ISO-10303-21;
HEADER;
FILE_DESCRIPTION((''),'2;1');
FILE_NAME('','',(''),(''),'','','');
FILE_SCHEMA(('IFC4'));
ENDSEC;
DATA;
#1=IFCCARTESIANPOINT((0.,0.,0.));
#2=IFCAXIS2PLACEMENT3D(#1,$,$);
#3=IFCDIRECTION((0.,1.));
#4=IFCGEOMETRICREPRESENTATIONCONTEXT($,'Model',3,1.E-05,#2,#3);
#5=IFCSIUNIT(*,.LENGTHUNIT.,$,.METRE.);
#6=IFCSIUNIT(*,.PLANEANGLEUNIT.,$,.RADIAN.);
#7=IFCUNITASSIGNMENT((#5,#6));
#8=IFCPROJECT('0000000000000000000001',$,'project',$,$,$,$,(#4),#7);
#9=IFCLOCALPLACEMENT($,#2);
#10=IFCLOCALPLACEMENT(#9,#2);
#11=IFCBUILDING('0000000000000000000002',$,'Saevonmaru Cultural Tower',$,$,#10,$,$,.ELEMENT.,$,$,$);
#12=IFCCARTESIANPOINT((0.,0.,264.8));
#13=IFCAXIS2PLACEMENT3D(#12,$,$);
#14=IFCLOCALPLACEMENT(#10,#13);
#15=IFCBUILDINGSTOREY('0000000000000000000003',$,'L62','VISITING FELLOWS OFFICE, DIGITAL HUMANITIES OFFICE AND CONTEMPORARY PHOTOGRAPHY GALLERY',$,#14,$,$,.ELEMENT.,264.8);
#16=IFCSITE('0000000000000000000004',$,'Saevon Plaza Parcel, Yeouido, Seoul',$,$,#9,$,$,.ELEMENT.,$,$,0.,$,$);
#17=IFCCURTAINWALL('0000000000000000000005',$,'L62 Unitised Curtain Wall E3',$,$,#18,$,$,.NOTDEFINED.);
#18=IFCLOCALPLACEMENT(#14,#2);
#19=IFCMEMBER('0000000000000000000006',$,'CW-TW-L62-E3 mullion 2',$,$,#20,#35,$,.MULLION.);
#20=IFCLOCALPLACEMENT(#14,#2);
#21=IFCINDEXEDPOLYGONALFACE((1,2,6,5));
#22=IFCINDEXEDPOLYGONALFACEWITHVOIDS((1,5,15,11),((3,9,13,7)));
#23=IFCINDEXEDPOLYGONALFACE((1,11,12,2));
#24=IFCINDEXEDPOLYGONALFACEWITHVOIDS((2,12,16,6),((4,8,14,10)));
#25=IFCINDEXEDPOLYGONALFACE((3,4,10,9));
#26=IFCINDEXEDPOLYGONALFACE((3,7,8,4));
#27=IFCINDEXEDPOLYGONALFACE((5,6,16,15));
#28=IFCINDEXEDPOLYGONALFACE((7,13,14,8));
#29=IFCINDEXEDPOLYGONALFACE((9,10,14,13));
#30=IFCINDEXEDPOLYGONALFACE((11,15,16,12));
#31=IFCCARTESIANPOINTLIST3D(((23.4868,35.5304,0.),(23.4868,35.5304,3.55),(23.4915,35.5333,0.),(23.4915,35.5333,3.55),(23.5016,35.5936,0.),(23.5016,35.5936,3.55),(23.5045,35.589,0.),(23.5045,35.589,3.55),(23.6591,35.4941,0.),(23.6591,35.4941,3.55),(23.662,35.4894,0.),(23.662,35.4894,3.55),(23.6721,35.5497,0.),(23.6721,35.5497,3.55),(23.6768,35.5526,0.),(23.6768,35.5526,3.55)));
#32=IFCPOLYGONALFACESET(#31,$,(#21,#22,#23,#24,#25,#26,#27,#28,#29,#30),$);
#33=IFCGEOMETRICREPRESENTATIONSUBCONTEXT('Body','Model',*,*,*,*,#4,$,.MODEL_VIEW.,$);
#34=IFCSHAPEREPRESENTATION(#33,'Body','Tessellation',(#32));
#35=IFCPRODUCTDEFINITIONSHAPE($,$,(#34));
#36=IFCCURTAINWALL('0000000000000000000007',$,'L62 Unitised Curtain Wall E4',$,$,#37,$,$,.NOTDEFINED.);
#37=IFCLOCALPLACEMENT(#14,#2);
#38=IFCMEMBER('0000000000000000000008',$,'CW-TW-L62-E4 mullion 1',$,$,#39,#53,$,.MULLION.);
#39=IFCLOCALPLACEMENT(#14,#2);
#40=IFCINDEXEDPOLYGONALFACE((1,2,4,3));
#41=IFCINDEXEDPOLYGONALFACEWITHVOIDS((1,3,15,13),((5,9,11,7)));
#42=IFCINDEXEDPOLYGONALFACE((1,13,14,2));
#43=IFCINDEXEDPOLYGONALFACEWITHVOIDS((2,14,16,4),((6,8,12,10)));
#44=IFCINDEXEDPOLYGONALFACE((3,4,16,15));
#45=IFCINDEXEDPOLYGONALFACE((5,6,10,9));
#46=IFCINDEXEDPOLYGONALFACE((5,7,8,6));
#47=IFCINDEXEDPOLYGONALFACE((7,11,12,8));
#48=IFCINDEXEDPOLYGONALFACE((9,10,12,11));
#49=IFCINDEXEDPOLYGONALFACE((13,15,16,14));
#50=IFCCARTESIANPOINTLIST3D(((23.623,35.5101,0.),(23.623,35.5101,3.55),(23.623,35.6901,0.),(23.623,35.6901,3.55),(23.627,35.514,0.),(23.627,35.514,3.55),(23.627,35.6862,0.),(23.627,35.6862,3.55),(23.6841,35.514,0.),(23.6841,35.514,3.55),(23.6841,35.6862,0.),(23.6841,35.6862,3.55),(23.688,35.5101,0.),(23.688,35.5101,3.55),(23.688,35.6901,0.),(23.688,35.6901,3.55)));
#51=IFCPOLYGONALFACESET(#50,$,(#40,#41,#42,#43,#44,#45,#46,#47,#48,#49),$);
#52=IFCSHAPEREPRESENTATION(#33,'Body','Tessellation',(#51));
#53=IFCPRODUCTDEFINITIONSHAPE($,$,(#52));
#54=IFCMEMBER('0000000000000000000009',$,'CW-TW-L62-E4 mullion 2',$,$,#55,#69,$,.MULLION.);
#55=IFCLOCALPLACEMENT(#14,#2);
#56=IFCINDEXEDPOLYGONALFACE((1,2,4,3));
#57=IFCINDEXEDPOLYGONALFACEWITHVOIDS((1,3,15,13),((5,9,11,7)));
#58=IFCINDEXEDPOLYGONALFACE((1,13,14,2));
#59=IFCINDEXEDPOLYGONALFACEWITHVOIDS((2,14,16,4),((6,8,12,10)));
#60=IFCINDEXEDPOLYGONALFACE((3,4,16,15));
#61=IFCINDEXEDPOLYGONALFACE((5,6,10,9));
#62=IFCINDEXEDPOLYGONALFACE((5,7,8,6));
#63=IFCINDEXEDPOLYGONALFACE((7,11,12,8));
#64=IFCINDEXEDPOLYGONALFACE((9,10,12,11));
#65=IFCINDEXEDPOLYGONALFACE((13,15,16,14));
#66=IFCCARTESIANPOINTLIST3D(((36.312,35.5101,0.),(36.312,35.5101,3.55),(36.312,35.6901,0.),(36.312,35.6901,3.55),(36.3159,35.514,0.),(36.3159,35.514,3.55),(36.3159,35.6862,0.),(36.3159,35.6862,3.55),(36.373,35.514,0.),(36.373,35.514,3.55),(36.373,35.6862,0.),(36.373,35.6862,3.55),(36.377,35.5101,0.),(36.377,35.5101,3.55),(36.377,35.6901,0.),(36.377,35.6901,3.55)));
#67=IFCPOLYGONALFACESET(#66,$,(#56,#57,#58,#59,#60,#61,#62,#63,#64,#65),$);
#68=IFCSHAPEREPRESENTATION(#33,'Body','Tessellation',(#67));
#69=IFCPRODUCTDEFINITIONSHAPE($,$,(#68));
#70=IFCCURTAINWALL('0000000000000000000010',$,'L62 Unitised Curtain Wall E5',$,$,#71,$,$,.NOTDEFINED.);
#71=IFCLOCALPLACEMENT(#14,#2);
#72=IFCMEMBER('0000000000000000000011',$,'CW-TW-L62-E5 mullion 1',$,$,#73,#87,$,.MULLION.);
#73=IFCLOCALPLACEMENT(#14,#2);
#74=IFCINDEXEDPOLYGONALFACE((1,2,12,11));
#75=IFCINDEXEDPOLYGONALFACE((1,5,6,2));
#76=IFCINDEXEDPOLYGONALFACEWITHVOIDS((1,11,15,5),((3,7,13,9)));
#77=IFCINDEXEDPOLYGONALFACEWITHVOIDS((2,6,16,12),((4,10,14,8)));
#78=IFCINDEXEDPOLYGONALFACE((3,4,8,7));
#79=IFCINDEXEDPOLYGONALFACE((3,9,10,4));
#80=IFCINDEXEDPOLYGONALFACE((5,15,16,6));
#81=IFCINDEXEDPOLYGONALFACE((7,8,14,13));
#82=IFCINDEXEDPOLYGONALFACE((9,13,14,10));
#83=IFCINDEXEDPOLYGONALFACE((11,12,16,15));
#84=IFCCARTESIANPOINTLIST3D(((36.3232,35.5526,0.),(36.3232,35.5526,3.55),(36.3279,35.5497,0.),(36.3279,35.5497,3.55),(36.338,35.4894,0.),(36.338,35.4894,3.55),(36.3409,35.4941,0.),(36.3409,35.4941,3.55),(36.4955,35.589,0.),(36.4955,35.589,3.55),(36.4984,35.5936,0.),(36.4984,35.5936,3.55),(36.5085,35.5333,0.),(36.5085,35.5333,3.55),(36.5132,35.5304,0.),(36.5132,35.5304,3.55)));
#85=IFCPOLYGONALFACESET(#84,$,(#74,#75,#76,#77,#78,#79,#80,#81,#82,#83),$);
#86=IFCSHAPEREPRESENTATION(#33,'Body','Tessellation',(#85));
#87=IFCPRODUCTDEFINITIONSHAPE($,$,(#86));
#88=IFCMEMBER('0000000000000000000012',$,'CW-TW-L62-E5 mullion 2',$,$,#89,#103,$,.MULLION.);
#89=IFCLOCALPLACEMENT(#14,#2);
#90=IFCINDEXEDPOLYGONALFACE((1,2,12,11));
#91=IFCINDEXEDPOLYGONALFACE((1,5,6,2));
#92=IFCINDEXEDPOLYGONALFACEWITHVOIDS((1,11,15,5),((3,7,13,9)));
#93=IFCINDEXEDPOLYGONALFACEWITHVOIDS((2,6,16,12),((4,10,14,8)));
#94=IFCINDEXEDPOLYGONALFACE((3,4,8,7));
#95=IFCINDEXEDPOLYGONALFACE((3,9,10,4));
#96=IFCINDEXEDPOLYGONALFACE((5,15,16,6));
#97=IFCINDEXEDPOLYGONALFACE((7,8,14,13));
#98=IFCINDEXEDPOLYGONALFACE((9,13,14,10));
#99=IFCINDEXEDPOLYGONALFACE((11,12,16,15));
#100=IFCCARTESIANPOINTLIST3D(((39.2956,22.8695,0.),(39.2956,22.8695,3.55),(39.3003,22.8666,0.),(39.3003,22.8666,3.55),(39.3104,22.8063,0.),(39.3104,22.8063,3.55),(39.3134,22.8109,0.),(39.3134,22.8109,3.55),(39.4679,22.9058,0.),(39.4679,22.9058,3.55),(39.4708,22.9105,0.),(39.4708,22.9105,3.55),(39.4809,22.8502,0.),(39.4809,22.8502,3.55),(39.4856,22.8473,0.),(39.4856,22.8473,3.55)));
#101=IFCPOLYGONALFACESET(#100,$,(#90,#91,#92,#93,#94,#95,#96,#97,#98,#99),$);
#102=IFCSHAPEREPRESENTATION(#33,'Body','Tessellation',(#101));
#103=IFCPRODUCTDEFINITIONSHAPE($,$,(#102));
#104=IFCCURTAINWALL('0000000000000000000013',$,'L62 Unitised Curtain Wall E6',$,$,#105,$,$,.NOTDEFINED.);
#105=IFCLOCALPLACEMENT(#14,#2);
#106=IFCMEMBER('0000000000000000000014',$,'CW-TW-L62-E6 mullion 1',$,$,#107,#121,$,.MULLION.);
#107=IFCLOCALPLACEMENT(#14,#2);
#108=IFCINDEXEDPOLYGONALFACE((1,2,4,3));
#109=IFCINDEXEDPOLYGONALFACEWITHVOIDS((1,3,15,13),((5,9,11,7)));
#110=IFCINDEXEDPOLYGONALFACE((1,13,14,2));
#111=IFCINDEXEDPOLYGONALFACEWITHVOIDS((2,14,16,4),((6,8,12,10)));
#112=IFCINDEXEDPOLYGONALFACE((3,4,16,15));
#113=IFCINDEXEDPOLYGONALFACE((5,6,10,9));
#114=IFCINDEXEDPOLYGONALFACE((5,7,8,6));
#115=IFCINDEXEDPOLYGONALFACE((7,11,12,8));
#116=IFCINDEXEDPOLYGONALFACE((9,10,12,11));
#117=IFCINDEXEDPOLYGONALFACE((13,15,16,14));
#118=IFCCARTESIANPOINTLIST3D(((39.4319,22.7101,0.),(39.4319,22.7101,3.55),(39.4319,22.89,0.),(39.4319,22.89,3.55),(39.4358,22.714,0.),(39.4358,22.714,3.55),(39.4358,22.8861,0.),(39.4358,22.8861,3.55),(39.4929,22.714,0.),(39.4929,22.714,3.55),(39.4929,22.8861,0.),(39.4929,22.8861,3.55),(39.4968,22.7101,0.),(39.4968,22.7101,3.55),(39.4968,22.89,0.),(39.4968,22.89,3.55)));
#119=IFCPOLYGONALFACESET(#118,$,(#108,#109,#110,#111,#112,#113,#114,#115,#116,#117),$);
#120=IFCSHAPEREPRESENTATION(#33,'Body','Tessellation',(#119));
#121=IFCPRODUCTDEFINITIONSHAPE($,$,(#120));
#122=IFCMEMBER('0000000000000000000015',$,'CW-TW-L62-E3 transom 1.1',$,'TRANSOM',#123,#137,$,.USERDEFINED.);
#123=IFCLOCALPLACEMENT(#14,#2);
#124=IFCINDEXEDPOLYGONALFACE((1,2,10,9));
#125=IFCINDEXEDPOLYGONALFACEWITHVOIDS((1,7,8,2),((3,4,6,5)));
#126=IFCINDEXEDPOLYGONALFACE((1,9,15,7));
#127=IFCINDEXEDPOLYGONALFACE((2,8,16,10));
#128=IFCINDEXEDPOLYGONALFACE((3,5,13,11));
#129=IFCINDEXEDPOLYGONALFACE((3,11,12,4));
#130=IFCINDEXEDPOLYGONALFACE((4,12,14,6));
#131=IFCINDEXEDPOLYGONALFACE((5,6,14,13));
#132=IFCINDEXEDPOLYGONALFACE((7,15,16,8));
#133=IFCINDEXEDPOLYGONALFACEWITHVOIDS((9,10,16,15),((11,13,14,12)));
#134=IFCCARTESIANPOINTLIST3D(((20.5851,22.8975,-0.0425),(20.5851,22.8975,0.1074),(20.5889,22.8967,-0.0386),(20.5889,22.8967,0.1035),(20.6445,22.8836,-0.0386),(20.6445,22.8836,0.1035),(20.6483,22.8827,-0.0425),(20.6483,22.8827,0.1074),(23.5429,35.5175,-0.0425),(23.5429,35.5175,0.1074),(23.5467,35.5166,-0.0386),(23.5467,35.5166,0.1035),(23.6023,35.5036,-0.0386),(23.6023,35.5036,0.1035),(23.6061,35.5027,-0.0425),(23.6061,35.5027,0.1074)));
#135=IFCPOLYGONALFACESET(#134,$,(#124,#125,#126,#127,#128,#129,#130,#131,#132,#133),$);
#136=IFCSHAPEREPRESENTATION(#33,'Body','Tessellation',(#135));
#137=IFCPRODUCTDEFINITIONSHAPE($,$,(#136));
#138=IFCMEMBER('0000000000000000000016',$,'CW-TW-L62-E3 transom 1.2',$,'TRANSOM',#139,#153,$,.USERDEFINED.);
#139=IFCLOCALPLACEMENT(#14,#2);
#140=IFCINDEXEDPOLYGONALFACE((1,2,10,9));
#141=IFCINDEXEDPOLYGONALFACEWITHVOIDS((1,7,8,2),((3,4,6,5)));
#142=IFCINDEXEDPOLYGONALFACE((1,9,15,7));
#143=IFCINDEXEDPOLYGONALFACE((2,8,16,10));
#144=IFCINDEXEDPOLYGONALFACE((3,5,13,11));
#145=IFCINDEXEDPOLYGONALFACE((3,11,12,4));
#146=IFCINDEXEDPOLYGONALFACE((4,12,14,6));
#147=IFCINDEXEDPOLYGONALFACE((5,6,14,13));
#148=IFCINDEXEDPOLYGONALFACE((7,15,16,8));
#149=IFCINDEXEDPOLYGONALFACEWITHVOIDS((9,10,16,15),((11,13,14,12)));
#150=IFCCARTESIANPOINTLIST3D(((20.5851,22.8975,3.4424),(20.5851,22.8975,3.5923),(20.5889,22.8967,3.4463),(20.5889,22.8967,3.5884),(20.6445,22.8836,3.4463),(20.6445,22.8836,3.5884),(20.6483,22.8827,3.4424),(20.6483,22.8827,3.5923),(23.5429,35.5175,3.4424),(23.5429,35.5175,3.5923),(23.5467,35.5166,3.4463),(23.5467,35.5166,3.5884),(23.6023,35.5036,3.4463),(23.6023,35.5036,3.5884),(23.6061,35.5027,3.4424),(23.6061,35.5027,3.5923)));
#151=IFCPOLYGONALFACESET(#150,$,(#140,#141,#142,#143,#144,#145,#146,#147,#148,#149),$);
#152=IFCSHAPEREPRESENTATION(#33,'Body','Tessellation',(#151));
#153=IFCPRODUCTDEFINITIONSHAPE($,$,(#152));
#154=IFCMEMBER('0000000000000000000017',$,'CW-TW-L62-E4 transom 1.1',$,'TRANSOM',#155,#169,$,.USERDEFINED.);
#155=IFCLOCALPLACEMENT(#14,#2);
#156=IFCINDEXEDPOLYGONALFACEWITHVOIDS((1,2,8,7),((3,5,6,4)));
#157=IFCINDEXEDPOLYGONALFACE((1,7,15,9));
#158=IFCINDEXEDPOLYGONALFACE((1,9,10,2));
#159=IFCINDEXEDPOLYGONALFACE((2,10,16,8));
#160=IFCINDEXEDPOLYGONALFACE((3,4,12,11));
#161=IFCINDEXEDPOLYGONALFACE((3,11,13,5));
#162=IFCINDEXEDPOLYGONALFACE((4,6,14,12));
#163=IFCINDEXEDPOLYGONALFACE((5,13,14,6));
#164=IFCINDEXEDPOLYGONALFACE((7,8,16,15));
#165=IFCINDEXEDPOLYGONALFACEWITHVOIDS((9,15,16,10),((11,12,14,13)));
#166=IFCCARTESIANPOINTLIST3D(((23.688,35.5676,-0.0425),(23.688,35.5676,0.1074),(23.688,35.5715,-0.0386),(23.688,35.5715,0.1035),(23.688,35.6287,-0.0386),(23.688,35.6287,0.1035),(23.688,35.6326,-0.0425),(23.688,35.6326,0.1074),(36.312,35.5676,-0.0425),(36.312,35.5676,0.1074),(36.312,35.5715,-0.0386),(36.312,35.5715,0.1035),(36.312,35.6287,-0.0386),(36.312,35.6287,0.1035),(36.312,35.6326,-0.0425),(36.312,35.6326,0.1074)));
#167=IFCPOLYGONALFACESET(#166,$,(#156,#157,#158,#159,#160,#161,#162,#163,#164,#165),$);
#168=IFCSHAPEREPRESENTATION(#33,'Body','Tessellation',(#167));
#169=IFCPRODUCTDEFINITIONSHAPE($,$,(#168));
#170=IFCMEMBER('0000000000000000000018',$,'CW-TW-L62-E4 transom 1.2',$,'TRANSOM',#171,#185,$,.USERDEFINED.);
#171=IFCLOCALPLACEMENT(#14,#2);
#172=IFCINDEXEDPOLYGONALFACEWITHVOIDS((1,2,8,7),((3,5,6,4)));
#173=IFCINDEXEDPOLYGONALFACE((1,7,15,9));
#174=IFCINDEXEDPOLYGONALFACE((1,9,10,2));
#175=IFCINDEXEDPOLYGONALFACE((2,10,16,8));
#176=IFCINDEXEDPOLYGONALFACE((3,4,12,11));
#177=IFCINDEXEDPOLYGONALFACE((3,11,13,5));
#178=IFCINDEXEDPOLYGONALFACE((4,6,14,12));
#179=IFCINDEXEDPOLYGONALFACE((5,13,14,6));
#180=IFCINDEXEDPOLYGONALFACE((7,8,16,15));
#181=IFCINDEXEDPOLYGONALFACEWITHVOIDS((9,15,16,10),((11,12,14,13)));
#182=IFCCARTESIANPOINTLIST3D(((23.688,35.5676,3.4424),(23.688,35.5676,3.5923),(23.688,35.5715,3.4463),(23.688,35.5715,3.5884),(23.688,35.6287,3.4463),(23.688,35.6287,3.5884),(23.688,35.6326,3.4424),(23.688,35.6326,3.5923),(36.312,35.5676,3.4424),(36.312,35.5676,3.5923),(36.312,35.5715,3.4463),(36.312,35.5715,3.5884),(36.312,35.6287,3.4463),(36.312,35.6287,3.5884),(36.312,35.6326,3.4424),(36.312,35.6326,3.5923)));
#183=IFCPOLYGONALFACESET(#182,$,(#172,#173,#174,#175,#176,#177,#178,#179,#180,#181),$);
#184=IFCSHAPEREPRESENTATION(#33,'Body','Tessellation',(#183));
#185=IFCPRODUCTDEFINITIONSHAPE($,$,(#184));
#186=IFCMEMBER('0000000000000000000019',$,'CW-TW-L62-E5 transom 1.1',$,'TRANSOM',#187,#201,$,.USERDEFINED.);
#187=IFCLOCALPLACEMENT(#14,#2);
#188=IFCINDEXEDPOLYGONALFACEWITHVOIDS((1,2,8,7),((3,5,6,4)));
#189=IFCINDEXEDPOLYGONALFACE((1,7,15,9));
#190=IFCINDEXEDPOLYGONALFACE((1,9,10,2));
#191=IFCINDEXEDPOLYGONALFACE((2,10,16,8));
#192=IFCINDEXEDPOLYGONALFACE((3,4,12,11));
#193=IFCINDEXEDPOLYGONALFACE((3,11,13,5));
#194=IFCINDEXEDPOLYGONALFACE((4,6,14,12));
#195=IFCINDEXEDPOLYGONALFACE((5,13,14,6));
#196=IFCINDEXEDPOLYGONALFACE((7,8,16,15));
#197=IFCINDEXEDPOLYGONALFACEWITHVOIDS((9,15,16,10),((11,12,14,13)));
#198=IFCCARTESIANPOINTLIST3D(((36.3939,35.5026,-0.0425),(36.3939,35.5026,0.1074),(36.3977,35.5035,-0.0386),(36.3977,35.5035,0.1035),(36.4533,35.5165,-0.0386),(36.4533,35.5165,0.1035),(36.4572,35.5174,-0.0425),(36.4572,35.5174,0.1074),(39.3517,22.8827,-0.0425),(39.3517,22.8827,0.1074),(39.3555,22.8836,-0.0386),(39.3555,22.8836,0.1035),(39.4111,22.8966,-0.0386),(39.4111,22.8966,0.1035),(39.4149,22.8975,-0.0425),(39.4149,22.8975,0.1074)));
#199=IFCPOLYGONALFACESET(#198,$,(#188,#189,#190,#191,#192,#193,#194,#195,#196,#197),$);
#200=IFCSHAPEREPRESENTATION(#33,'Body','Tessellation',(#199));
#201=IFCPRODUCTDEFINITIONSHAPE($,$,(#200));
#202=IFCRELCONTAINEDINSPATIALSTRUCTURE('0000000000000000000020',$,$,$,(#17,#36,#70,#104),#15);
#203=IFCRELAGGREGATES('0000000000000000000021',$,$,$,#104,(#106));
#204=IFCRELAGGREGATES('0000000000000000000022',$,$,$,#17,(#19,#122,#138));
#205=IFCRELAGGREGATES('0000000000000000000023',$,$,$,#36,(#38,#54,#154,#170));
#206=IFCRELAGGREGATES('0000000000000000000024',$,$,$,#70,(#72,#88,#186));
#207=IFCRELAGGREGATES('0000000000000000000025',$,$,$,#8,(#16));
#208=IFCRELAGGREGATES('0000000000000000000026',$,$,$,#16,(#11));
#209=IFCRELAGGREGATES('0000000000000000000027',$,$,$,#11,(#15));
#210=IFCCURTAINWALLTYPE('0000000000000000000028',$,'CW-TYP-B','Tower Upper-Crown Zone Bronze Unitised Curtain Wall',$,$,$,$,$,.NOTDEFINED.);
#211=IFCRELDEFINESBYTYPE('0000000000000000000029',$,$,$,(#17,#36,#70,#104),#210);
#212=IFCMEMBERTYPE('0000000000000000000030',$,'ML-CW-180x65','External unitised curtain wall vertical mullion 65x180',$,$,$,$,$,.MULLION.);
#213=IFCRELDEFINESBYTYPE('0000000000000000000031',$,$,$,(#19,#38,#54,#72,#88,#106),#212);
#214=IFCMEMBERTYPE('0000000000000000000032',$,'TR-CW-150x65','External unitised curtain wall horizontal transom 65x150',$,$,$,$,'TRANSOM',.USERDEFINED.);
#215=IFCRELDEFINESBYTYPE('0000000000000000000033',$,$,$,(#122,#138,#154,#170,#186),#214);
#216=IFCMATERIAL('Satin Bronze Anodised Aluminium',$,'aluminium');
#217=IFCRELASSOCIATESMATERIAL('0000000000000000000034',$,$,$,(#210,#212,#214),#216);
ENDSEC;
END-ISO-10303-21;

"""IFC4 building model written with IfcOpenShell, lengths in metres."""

from ifc_helpers import new_model, si_unit, direction, frame, origin, origin_2d, place, context, subcontext, project, spatial, hollow_rectangle, extrude, material, material_profile, profile_set, type_object, element, aggregate, save


model = new_model("IFC4")

# Units and contexts
model_context = context("Model", 3, precision=1e-05, world=origin(), true_north=direction((0.0, 1.0)))
body_context = subcontext(model_context, "Body", "Model", "MODEL_VIEW")
ifc_project = project(units=[si_unit("LENGTHUNIT", "METRE"), si_unit("PLANEANGLEUNIT", "RADIAN")], contexts=[model_context])

# Site, building, storey
site_placement = place(None, origin())
site = spatial("IfcSite", under=ifc_project, at=site_placement, Name="Saevon Plaza Parcel, Yeouido, Seoul", CompositionType="ELEMENT", RefElevation=0.0)
building_placement = place(site_placement, origin())
building = spatial("IfcBuilding", under=site, at=building_placement, Name="Saevonmaru Cultural Tower", CompositionType="ELEMENT")
storey_placement = place(building_placement, frame((0.0, 0.0, 264.8)))
storey = spatial("IfcBuildingStorey", under=building, at=storey_placement, Name="L62", Description="VISITING FELLOWS OFFICE, DIGITAL HUMANITIES OFFICE AND CONTEMPORARY PHOTOGRAPHY GALLERY", CompositionType="ELEMENT", Elevation=264.8)

# Curtain wall, member
ifc_material_1 = material(Name="Satin Bronze Anodised Aluminium", Category="aluminium")
curtain_wall_type = type_object("IfcCurtainWallType", Name="CW-TYP-B", Description="Tower Upper-Crown Zone Bronze Unitised Curtain Wall", PredefinedType="NOTDEFINED", material=ifc_material_1)
curtain_wall_1_placement = place(storey_placement, origin())
curtain_wall_1 = element("IfcCurtainWall", 1, at=curtain_wall_1_placement, inside=storey, type_object=curtain_wall_type, Name="L62 Unitised Curtain Wall E3", PredefinedType="NOTDEFINED")
ifc_material_profile_1 = material_profile(ifc_material_1, hollow_rectangle(XDim=0.0649, YDim=0.1799, WallThickness=0.0039, at=origin_2d()), Name="ALU-MULL-180x65x4")
ifc_profile_set_1 = profile_set([ifc_material_profile_1], Name="Satin Bronze Anodised Aluminium")
member_type_1 = type_object("IfcMemberType", Name="ML-CW-180x65", Description="External unitised curtain wall vertical mullion 65x180", PredefinedType="MULLION", material=ifc_profile_set_1)
member_1_placement = place(storey_placement, frame((23.5818, 35.5415, 0.0), z_axis=(0.0, 0.0, 1.0), x_axis=(0.22819, 0.973617, 0.0)))
member_1 = element("IfcMember", 2, at=member_1_placement, type_object=member_type_1, Name="CW-TW-L62-E3 mullion 2", PredefinedType="MULLION", context=body_context, shape_type="SweptSolid", body=[
    extrude(hollow_rectangle(XDim=0.0649, YDim=0.1799, WallThickness=0.0039, at=origin_2d()), origin(), (0.0, 0.0, 1.0), 3.55),
])

# Curtain walls, members
curtain_wall_2_placement = place(storey_placement, origin())
curtain_wall_2 = element("IfcCurtainWall", 3, at=curtain_wall_2_placement, inside=storey, type_object=curtain_wall_type, Name="L62 Unitised Curtain Wall E4", PredefinedType="NOTDEFINED")
member_2_placement = place(storey_placement, frame((23.6555, 35.6001, 0.0), z_axis=(0.0, 0.0, 1.0), x_axis=(1.0, 0.0, 0.0)))
member_2 = element("IfcMember", 4, at=member_2_placement, type_object=member_type_1, Name="CW-TW-L62-E4 mullion 1", PredefinedType="MULLION", context=body_context, shape_type="SweptSolid", body=[
    extrude(hollow_rectangle(XDim=0.0649, YDim=0.1799, WallThickness=0.0039, at=origin_2d()), origin(), (0.0, 0.0, 1.0), 3.55),
])
member_3_placement = place(storey_placement, frame((36.3445, 35.6001, 0.0), z_axis=(0.0, 0.0, 1.0), x_axis=(1.0, 0.0, 0.0)))
member_3 = element("IfcMember", 5, at=member_3_placement, type_object=member_type_1, Name="CW-TW-L62-E4 mullion 2", PredefinedType="MULLION", context=body_context, shape_type="SweptSolid", body=[
    extrude(hollow_rectangle(XDim=0.0649, YDim=0.1799, WallThickness=0.0039, at=origin_2d()), origin(), (0.0, 0.0, 1.0), 3.55),
])
curtain_wall_3_placement = place(storey_placement, origin())
curtain_wall_3 = element("IfcCurtainWall", 6, at=curtain_wall_3_placement, inside=storey, type_object=curtain_wall_type, Name="L62 Unitised Curtain Wall E5", PredefinedType="NOTDEFINED")
member_4_placement = place(storey_placement, frame((36.4182, 35.5415, 0.0), z_axis=(0.0, 0.0, 1.0), x_axis=(0.22819, -0.973617, 0.0)))
member_4 = element("IfcMember", 7, at=member_4_placement, type_object=member_type_1, Name="CW-TW-L62-E5 mullion 1", PredefinedType="MULLION", context=body_context, shape_type="SweptSolid", body=[
    extrude(hollow_rectangle(XDim=0.0649, YDim=0.1799, WallThickness=0.0039, at=origin_2d()), origin(), (0.0, 0.0, 1.0), 3.55),
])
member_5_placement = place(storey_placement, frame((39.3906, 22.8584, 0.0), z_axis=(0.0, 0.0, 1.0), x_axis=(0.22819, -0.973617, 0.0)))
member_5 = element("IfcMember", 8, at=member_5_placement, type_object=member_type_1, Name="CW-TW-L62-E5 mullion 2", PredefinedType="MULLION", context=body_context, shape_type="SweptSolid", body=[
    extrude(hollow_rectangle(XDim=0.0649, YDim=0.1799, WallThickness=0.0039, at=origin_2d()), origin(), (0.0, 0.0, 1.0), 3.55),
])

# Curtain wall, member
curtain_wall_4_placement = place(storey_placement, origin())
curtain_wall_4 = element("IfcCurtainWall", 9, at=curtain_wall_4_placement, inside=storey, type_object=curtain_wall_type, Name="L62 Unitised Curtain Wall E6", PredefinedType="NOTDEFINED")
member_6_placement = place(storey_placement, frame((39.4644, 22.8, 0.0), z_axis=(0.0, 0.0, 1.0), x_axis=(1.0, 0.0, 0.0)))
member_6 = element("IfcMember", 10, at=member_6_placement, type_object=member_type_1, Name="CW-TW-L62-E6 mullion 1", PredefinedType="MULLION", context=body_context, shape_type="SweptSolid", body=[
    extrude(hollow_rectangle(XDim=0.0649, YDim=0.1799, WallThickness=0.0039, at=origin_2d()), origin(), (0.0, 0.0, 1.0), 3.55),
])

# Members
ifc_material_profile_2 = material_profile(ifc_material_1, hollow_rectangle(XDim=0.0649, YDim=0.1499, WallThickness=0.0039, at=origin_2d()), Name="ALU-TRAN-150x65x4")
ifc_profile_set_2 = profile_set([ifc_material_profile_2], Name="Satin Bronze Anodised Aluminium")
member_type_2 = type_object("IfcMemberType", Name="TR-CW-150x65", Description="External unitised curtain wall horizontal transom 65x150", ElementType="TRANSOM", PredefinedType="USERDEFINED", material=ifc_profile_set_2)
member_7_placement = place(storey_placement, frame((20.6167, 22.8901, 0.0325), z_axis=(0.22819, 0.973617, 0.0), x_axis=(-0.973617, 0.22819, 0.0)))
member_7 = element("IfcMember", 11, at=member_7_placement, type_object=member_type_2, Name="CW-TW-L62-E3 transom 1.1", ObjectType="TRANSOM", PredefinedType="USERDEFINED", context=body_context, shape_type="SweptSolid", body=[
    extrude(hollow_rectangle(XDim=0.0649, YDim=0.1499, WallThickness=0.0039, at=origin_2d()), origin(), (0.0, 0.0, 1.0), 12.9619),
])
member_8_placement = place(storey_placement, frame((20.6167, 22.8901, 3.5173), z_axis=(0.22819, 0.973617, 0.0), x_axis=(-0.973617, 0.22819, 0.0)))
member_8 = element("IfcMember", 12, at=member_8_placement, type_object=member_type_2, Name="CW-TW-L62-E3 transom 1.2", ObjectType="TRANSOM", PredefinedType="USERDEFINED", context=body_context, shape_type="SweptSolid", body=[
    extrude(hollow_rectangle(XDim=0.0649, YDim=0.1499, WallThickness=0.0039, at=origin_2d()), origin(), (0.0, 0.0, 1.0), 12.9619),
])
member_9_placement = place(storey_placement, frame((23.688, 35.6001, 0.0325), z_axis=(1.0, 0.0, 0.0), x_axis=(0.0, 1.0, 0.0)))
member_9 = element("IfcMember", 13, at=member_9_placement, type_object=member_type_2, Name="CW-TW-L62-E4 transom 1.1", ObjectType="TRANSOM", PredefinedType="USERDEFINED", context=body_context, shape_type="SweptSolid", body=[
    extrude(hollow_rectangle(XDim=0.0649, YDim=0.1499, WallThickness=0.0039, at=origin_2d()), origin(), (0.0, 0.0, 1.0), 12.624),
])
member_10_placement = place(storey_placement, frame((23.688, 35.6001, 3.5173), z_axis=(1.0, 0.0, 0.0), x_axis=(0.0, 1.0, 0.0)))
member_10 = element("IfcMember", 14, at=member_10_placement, type_object=member_type_2, Name="CW-TW-L62-E4 transom 1.2", ObjectType="TRANSOM", PredefinedType="USERDEFINED", context=body_context, shape_type="SweptSolid", body=[
    extrude(hollow_rectangle(XDim=0.0649, YDim=0.1499, WallThickness=0.0039, at=origin_2d()), origin(), (0.0, 0.0, 1.0), 12.624),
])
member_11_placement = place(storey_placement, frame((36.4255, 35.51, 0.0325), z_axis=(0.22819, -0.973617, 0.0), x_axis=(0.973617, 0.22819, 0.0)))
member_11 = element("IfcMember", 15, at=member_11_placement, type_object=member_type_2, Name="CW-TW-L62-E5 transom 1.1", ObjectType="TRANSOM", PredefinedType="USERDEFINED", context=body_context, shape_type="SweptSolid", body=[
    extrude(hollow_rectangle(XDim=0.0649, YDim=0.1499, WallThickness=0.0039, at=origin_2d()), origin(), (0.0, 0.0, 1.0), 12.9619),
])
aggregate(curtain_wall_4, [member_6])

aggregate(curtain_wall_1, [member_1, member_7, member_8])
aggregate(curtain_wall_2, [member_2, member_3, member_9, member_10])
aggregate(curtain_wall_3, [member_4, member_5, member_11])

save(model, "model.ifc")
